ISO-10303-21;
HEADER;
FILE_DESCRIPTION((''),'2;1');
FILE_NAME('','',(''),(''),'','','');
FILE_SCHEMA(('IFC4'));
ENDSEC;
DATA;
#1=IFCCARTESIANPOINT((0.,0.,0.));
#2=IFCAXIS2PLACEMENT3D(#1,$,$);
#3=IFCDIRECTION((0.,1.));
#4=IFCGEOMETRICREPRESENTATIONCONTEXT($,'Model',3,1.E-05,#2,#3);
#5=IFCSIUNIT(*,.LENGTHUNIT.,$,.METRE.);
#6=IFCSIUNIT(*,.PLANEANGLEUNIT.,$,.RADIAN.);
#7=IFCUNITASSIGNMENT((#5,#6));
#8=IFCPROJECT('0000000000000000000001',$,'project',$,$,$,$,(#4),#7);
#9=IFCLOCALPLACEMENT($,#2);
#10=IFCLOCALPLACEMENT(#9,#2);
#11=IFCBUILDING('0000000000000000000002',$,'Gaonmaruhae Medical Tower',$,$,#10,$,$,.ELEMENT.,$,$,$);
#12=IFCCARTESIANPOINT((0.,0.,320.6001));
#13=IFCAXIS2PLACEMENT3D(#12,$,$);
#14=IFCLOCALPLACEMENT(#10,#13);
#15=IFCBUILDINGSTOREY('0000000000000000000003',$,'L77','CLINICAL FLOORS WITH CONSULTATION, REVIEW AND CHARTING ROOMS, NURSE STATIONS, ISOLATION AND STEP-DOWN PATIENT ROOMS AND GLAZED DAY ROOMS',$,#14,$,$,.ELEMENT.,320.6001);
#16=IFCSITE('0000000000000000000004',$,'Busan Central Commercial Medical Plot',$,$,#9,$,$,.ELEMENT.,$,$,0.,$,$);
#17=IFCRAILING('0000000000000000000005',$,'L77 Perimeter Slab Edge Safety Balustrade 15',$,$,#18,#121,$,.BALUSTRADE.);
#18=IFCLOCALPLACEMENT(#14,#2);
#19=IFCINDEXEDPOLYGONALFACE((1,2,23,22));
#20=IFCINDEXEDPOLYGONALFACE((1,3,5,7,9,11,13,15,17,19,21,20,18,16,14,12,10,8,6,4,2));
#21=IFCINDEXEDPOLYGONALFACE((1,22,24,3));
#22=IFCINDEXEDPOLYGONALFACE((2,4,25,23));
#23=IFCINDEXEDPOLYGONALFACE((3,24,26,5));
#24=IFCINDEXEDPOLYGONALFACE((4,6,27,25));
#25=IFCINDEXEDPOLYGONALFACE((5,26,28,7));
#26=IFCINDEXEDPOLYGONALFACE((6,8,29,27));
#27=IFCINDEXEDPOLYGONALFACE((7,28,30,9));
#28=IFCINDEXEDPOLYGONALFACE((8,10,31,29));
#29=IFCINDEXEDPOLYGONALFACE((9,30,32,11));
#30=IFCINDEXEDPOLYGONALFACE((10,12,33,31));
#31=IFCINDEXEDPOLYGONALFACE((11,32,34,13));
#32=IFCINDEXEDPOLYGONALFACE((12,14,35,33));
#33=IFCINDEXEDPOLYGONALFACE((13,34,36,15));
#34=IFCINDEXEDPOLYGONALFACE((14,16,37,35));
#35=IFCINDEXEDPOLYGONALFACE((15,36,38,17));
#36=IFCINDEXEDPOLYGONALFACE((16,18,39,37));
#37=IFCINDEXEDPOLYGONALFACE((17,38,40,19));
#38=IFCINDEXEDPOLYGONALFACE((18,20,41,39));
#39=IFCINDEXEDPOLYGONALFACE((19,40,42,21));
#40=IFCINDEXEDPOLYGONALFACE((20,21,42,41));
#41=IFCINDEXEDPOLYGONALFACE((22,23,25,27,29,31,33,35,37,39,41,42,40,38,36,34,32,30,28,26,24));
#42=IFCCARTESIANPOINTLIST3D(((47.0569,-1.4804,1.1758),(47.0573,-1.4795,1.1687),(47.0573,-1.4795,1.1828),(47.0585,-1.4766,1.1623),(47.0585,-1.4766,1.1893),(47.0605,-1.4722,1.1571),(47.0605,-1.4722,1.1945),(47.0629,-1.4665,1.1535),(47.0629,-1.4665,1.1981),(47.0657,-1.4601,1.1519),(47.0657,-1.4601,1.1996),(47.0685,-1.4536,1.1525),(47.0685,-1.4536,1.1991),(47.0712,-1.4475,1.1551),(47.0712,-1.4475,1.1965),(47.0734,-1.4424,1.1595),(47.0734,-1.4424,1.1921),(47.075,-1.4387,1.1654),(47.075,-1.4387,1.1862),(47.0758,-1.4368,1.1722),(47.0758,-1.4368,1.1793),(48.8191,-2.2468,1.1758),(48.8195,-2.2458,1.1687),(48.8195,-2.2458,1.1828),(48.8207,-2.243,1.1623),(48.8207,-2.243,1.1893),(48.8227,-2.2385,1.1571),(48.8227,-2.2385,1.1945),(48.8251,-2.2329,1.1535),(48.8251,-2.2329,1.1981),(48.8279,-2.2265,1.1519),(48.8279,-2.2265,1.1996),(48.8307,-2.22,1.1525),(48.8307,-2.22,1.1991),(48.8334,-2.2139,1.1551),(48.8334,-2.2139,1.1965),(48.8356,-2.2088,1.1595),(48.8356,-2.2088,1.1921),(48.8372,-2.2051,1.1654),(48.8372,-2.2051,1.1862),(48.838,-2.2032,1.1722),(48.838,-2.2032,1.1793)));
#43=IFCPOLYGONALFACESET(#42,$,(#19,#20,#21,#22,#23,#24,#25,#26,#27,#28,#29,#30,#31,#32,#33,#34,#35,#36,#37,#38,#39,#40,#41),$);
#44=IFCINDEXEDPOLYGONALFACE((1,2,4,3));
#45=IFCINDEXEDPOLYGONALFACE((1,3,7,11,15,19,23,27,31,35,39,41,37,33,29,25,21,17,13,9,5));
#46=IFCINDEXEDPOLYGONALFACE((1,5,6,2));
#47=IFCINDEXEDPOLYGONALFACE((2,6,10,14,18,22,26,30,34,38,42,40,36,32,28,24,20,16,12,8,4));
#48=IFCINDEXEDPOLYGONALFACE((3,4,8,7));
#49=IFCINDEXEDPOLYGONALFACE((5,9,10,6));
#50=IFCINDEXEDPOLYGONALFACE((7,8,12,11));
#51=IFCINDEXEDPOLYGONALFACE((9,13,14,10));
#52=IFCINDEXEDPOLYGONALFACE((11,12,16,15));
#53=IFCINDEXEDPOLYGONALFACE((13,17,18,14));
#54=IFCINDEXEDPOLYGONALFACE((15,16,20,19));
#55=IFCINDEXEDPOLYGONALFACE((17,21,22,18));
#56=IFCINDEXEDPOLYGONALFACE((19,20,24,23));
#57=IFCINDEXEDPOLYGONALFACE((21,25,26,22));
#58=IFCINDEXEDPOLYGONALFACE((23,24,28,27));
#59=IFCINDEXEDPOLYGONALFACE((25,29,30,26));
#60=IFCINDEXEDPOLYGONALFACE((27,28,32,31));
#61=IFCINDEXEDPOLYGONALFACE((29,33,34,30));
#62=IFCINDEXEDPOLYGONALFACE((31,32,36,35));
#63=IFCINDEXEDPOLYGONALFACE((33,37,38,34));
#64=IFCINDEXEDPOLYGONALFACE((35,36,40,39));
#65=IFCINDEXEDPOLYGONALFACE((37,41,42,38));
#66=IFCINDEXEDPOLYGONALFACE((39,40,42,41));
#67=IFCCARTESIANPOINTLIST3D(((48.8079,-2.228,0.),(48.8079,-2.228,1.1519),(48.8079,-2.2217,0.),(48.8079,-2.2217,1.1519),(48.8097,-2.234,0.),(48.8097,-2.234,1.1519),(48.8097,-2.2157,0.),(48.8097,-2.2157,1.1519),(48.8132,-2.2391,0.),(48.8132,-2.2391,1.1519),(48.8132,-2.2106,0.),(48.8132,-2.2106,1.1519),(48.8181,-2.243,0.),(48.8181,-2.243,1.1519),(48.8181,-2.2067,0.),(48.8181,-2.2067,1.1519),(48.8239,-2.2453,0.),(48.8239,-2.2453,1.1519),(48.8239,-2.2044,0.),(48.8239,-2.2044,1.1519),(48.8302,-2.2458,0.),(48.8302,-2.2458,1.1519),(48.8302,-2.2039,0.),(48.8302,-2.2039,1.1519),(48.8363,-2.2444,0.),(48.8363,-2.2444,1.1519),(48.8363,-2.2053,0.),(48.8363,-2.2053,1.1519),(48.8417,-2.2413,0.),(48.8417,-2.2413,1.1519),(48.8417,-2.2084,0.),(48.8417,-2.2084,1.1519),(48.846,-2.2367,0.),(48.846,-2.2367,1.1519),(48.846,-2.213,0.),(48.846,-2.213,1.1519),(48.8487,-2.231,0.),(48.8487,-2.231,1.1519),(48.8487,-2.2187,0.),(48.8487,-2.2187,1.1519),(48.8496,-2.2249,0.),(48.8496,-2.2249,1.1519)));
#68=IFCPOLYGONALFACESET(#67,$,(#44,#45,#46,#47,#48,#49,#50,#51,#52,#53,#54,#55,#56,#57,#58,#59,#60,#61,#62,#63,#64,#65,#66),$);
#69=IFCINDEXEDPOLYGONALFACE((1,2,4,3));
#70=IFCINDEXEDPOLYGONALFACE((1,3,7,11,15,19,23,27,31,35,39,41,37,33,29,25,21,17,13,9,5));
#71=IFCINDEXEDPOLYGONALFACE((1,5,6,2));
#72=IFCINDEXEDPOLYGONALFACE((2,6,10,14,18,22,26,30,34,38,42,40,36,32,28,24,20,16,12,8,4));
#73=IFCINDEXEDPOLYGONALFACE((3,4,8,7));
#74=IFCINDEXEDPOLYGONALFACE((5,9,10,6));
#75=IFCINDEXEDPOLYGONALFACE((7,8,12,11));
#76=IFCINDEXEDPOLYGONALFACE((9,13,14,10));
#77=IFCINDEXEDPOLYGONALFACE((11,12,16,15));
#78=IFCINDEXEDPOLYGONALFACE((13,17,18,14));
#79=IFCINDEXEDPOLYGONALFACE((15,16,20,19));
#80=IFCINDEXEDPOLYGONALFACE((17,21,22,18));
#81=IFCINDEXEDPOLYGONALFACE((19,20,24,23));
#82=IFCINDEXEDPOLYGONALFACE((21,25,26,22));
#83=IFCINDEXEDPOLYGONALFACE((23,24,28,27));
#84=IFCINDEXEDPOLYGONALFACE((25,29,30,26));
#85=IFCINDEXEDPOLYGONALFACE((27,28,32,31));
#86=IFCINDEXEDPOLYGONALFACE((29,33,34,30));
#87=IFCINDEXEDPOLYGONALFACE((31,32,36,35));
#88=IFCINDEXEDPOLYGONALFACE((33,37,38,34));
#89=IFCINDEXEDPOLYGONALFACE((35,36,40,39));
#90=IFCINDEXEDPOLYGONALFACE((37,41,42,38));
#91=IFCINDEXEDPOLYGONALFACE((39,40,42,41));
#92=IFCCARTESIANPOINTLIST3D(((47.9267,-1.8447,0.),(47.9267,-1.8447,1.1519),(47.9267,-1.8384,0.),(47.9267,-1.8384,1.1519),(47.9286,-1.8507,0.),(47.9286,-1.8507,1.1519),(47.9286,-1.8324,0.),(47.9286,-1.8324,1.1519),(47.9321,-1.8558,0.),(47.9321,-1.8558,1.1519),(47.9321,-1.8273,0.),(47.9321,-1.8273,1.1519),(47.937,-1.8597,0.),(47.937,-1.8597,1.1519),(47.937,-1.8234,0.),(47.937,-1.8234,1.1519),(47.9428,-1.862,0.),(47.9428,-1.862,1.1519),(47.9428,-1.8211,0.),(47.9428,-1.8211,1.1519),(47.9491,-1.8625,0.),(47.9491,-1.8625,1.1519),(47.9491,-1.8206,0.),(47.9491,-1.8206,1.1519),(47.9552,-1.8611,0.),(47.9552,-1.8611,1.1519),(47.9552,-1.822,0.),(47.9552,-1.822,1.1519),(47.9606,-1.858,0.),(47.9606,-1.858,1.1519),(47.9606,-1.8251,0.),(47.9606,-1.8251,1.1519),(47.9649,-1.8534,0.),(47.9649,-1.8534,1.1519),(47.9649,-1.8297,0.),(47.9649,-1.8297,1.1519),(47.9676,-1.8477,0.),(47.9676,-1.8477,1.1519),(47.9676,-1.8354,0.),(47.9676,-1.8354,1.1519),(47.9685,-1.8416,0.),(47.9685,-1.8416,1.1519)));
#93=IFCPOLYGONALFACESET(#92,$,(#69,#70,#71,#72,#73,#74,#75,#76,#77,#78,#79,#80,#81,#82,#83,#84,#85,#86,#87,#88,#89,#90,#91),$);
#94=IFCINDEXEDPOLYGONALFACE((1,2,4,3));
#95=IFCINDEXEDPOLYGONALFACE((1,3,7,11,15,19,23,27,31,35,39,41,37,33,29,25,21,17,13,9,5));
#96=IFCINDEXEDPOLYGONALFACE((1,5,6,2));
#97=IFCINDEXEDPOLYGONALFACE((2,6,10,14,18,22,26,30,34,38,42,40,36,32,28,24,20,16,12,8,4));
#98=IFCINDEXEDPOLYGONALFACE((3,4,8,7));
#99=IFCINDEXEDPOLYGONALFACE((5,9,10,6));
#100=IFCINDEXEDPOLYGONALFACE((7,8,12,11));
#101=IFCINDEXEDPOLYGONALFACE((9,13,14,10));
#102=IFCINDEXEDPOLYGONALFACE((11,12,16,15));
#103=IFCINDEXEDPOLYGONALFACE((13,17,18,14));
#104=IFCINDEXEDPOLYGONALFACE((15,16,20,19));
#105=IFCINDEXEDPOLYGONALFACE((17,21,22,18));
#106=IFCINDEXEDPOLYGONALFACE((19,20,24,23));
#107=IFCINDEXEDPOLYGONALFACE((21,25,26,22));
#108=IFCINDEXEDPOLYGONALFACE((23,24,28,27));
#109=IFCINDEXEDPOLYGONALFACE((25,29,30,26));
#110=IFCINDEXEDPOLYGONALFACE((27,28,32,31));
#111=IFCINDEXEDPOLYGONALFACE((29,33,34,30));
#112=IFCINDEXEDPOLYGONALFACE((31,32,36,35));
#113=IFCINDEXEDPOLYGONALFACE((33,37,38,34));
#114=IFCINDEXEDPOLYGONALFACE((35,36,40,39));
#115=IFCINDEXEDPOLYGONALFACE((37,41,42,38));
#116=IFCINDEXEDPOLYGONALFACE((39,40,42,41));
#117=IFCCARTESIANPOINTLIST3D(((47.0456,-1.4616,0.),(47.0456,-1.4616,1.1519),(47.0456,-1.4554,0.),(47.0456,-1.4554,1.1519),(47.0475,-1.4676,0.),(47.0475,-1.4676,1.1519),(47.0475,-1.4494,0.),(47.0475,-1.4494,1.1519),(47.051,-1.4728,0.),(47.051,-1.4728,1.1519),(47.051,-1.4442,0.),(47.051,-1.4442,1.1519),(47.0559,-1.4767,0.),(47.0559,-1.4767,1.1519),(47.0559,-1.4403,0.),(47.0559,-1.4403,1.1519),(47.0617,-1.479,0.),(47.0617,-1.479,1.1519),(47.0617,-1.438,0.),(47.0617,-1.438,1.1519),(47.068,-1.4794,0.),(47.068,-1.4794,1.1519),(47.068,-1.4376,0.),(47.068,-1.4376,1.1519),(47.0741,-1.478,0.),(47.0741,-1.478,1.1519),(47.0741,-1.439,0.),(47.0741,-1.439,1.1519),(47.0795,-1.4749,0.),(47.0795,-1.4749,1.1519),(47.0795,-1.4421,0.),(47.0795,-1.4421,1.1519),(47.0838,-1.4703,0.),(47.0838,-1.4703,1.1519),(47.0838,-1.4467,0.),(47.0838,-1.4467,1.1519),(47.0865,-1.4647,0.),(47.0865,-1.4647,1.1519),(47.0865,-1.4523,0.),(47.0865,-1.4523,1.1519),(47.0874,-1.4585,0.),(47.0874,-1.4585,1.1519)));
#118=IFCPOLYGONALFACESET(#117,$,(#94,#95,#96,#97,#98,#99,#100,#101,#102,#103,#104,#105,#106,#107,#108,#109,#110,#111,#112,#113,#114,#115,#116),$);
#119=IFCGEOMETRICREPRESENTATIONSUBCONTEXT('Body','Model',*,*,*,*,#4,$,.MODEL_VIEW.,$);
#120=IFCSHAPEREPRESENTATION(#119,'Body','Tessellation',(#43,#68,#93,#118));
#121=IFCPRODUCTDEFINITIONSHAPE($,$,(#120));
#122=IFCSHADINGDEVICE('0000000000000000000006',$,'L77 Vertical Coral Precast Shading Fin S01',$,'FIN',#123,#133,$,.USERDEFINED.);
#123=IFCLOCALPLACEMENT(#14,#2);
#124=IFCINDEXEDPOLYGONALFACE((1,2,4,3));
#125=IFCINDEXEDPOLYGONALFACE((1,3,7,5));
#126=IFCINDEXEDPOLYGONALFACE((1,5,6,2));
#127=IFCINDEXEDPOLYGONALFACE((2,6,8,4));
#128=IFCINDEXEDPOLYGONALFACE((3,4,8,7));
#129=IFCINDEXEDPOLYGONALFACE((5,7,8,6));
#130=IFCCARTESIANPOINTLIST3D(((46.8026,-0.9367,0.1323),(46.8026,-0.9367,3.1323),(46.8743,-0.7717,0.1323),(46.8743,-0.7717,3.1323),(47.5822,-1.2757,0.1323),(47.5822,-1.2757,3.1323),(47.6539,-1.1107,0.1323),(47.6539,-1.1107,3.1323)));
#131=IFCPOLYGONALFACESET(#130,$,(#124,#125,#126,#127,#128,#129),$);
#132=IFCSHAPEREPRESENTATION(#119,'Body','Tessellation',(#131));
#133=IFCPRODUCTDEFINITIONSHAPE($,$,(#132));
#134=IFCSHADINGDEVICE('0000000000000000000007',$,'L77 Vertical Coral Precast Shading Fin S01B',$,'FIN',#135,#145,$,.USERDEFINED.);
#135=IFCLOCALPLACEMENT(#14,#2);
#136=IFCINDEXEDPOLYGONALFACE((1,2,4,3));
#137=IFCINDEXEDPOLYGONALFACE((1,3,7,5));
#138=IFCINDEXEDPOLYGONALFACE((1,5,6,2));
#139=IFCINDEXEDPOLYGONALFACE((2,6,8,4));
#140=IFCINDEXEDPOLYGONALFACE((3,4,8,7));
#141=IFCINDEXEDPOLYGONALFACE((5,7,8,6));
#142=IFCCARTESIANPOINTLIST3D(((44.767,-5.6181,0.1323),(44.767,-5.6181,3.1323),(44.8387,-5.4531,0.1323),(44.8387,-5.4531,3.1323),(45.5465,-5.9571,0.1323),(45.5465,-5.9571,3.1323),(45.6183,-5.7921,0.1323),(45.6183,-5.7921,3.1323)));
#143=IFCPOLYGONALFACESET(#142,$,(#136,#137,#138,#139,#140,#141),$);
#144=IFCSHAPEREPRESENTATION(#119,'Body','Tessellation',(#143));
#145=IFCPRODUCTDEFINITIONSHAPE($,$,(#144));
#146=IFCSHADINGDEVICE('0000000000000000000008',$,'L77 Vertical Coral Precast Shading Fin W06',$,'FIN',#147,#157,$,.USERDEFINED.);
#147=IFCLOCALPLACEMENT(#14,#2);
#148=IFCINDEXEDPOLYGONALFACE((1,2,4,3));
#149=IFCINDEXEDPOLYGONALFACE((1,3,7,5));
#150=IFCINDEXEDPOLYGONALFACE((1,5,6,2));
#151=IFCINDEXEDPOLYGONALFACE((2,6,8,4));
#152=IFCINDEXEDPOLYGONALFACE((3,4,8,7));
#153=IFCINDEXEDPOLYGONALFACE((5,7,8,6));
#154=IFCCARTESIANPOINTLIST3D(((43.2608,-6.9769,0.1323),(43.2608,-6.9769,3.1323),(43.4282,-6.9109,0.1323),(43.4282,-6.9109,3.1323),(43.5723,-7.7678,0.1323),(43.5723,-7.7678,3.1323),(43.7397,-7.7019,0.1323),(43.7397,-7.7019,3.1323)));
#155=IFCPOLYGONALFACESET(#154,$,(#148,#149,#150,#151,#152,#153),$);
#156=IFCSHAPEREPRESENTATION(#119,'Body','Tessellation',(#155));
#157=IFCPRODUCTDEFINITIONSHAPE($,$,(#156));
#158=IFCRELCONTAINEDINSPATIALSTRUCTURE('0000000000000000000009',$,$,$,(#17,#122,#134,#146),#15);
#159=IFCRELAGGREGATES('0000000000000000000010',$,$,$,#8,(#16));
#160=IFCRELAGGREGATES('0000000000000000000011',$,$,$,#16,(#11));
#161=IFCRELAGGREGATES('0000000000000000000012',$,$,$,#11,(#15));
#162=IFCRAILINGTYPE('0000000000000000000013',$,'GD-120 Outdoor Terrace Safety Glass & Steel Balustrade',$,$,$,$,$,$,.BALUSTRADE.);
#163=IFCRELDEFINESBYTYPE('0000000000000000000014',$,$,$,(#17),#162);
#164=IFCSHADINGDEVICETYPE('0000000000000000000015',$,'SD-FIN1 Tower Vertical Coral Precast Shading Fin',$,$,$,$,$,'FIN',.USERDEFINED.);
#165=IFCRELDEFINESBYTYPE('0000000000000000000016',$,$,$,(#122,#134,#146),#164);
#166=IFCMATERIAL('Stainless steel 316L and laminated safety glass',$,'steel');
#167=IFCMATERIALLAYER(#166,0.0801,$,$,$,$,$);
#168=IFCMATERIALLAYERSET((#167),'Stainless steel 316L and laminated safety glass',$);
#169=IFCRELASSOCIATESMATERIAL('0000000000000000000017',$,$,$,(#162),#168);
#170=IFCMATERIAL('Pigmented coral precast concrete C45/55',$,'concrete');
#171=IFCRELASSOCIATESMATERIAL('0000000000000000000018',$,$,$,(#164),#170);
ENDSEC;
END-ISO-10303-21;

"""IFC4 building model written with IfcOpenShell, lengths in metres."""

from ifc_helpers import new_model, si_unit, direction, frame, origin, origin_2d, place, context, subcontext, project, spatial, rectangle, circle, extrude, material, layer, layer_set, type_object, element, save


model = new_model("IFC4")

# Units and contexts
model_context = context("Model", 3, precision=1e-05, world=origin(), true_north=direction((0.0, 1.0)))
body_context = subcontext(model_context, "Body", "Model", "MODEL_VIEW")
ifc_project = project(units=[si_unit("LENGTHUNIT", "METRE"), si_unit("PLANEANGLEUNIT", "RADIAN")], contexts=[model_context])

# Site, building, storey
site_placement = place(None, origin())
site = spatial("IfcSite", under=ifc_project, at=site_placement, Name="Busan Central Commercial Medical Plot", CompositionType="ELEMENT", RefElevation=0.0)
building_placement = place(site_placement, origin())
building = spatial("IfcBuilding", under=site, at=building_placement, Name="Gaonmaruhae Medical Tower", CompositionType="ELEMENT")
storey_placement = place(building_placement, frame((0.0, 0.0, 320.6001)))
storey = spatial("IfcBuildingStorey", under=building, at=storey_placement, Name="L77", Description="CLINICAL FLOORS WITH CONSULTATION, REVIEW AND CHARTING ROOMS, NURSE STATIONS, ISOLATION AND STEP-DOWN PATIENT ROOMS AND GLAZED DAY ROOMS", CompositionType="ELEMENT", Elevation=320.6001)

# Railing
ifc_material_1 = material(Name="Stainless steel 316L and laminated safety glass", Category="steel")
ifc_layer_1 = layer(ifc_material_1, 0.0801)
ifc_layer_set_1 = layer_set([ifc_layer_1], Name="Stainless steel 316L and laminated safety glass")
railing_type = type_object("IfcRailingType", Name="GD-120 Outdoor Terrace Safety Glass & Steel Balustrade", PredefinedType="BALUSTRADE", material=ifc_layer_set_1)
railing_placement = place(storey_placement, frame((48.8286, -2.2249, 0.0)))
element("IfcRailing", 1, at=railing_placement, inside=storey, type_object=railing_type, Name="L77 Perimeter Slab Edge Safety Balustrade 15", PredefinedType="BALUSTRADE", context=body_context, shape_type="SweptSolid", body=[
    extrude(circle(Radius=0.0239, at=origin_2d()), frame((0.0, 0.0, 1.1758), z_axis=(-0.917036, 0.398805, 0.0), x_axis=(-0.398805, -0.917036, 0.0)), (0.0, 0.0, 1.0), 1.9216),
    extrude(circle(Radius=0.021, at=origin_2d()), origin(), (0.0, 0.0, 1.0), 1.1519),
    extrude(circle(Radius=0.021, at=origin_2d()), frame((-0.8811, 0.3833, 0.0)), (0.0, 0.0, 1.0), 1.1519),
    extrude(circle(Radius=0.021, at=origin_2d()), frame((-1.7622, 0.7664, 0.0)), (0.0, 0.0, 1.0), 1.1519),
])

# Shading devices
ifc_material_2 = material(Name="Pigmented coral precast concrete C45/55", Category="concrete")
shading_device_type = type_object("IfcShadingDeviceType", Name="SD-FIN1 Tower Vertical Coral Precast Shading Fin", ElementType="FIN", PredefinedType="USERDEFINED", material=ifc_material_2)
for number, where, z_axis, x_axis, name in (
    (2, (47.2283, -1.0237, 0.1323), (0.0, 0.0, 1.0), (-0.398749, -0.91706, 0.0), "L77 Vertical Coral Precast Shading Fin S01"),
    (3, (45.1926, -5.7051, 0.1323), (0.0, 0.0, 1.0), (-0.398749, -0.91706, 0.0), "L77 Vertical Coral Precast Shading Fin S01B"),
    (4, (43.5002, -7.3394, 0.1323), (0.0, 0.0, 1.0), (-0.930411, -0.366517, 0.0), "L77 Vertical Coral Precast Shading Fin W06"),
):
    element("IfcShadingDevice", number, at=place(storey_placement, frame(where, z_axis=z_axis, x_axis=x_axis)), inside=storey, type_object=shading_device_type, Name=name, ObjectType="FIN", PredefinedType="USERDEFINED", context=body_context, shape_type="SweptSolid", body=[
        extrude(rectangle(XDim=0.1799, YDim=0.8501, at=origin_2d()), origin(), (0.0, 0.0, 1.0), 3.0),
    ])

save(model, "model.ifc")
